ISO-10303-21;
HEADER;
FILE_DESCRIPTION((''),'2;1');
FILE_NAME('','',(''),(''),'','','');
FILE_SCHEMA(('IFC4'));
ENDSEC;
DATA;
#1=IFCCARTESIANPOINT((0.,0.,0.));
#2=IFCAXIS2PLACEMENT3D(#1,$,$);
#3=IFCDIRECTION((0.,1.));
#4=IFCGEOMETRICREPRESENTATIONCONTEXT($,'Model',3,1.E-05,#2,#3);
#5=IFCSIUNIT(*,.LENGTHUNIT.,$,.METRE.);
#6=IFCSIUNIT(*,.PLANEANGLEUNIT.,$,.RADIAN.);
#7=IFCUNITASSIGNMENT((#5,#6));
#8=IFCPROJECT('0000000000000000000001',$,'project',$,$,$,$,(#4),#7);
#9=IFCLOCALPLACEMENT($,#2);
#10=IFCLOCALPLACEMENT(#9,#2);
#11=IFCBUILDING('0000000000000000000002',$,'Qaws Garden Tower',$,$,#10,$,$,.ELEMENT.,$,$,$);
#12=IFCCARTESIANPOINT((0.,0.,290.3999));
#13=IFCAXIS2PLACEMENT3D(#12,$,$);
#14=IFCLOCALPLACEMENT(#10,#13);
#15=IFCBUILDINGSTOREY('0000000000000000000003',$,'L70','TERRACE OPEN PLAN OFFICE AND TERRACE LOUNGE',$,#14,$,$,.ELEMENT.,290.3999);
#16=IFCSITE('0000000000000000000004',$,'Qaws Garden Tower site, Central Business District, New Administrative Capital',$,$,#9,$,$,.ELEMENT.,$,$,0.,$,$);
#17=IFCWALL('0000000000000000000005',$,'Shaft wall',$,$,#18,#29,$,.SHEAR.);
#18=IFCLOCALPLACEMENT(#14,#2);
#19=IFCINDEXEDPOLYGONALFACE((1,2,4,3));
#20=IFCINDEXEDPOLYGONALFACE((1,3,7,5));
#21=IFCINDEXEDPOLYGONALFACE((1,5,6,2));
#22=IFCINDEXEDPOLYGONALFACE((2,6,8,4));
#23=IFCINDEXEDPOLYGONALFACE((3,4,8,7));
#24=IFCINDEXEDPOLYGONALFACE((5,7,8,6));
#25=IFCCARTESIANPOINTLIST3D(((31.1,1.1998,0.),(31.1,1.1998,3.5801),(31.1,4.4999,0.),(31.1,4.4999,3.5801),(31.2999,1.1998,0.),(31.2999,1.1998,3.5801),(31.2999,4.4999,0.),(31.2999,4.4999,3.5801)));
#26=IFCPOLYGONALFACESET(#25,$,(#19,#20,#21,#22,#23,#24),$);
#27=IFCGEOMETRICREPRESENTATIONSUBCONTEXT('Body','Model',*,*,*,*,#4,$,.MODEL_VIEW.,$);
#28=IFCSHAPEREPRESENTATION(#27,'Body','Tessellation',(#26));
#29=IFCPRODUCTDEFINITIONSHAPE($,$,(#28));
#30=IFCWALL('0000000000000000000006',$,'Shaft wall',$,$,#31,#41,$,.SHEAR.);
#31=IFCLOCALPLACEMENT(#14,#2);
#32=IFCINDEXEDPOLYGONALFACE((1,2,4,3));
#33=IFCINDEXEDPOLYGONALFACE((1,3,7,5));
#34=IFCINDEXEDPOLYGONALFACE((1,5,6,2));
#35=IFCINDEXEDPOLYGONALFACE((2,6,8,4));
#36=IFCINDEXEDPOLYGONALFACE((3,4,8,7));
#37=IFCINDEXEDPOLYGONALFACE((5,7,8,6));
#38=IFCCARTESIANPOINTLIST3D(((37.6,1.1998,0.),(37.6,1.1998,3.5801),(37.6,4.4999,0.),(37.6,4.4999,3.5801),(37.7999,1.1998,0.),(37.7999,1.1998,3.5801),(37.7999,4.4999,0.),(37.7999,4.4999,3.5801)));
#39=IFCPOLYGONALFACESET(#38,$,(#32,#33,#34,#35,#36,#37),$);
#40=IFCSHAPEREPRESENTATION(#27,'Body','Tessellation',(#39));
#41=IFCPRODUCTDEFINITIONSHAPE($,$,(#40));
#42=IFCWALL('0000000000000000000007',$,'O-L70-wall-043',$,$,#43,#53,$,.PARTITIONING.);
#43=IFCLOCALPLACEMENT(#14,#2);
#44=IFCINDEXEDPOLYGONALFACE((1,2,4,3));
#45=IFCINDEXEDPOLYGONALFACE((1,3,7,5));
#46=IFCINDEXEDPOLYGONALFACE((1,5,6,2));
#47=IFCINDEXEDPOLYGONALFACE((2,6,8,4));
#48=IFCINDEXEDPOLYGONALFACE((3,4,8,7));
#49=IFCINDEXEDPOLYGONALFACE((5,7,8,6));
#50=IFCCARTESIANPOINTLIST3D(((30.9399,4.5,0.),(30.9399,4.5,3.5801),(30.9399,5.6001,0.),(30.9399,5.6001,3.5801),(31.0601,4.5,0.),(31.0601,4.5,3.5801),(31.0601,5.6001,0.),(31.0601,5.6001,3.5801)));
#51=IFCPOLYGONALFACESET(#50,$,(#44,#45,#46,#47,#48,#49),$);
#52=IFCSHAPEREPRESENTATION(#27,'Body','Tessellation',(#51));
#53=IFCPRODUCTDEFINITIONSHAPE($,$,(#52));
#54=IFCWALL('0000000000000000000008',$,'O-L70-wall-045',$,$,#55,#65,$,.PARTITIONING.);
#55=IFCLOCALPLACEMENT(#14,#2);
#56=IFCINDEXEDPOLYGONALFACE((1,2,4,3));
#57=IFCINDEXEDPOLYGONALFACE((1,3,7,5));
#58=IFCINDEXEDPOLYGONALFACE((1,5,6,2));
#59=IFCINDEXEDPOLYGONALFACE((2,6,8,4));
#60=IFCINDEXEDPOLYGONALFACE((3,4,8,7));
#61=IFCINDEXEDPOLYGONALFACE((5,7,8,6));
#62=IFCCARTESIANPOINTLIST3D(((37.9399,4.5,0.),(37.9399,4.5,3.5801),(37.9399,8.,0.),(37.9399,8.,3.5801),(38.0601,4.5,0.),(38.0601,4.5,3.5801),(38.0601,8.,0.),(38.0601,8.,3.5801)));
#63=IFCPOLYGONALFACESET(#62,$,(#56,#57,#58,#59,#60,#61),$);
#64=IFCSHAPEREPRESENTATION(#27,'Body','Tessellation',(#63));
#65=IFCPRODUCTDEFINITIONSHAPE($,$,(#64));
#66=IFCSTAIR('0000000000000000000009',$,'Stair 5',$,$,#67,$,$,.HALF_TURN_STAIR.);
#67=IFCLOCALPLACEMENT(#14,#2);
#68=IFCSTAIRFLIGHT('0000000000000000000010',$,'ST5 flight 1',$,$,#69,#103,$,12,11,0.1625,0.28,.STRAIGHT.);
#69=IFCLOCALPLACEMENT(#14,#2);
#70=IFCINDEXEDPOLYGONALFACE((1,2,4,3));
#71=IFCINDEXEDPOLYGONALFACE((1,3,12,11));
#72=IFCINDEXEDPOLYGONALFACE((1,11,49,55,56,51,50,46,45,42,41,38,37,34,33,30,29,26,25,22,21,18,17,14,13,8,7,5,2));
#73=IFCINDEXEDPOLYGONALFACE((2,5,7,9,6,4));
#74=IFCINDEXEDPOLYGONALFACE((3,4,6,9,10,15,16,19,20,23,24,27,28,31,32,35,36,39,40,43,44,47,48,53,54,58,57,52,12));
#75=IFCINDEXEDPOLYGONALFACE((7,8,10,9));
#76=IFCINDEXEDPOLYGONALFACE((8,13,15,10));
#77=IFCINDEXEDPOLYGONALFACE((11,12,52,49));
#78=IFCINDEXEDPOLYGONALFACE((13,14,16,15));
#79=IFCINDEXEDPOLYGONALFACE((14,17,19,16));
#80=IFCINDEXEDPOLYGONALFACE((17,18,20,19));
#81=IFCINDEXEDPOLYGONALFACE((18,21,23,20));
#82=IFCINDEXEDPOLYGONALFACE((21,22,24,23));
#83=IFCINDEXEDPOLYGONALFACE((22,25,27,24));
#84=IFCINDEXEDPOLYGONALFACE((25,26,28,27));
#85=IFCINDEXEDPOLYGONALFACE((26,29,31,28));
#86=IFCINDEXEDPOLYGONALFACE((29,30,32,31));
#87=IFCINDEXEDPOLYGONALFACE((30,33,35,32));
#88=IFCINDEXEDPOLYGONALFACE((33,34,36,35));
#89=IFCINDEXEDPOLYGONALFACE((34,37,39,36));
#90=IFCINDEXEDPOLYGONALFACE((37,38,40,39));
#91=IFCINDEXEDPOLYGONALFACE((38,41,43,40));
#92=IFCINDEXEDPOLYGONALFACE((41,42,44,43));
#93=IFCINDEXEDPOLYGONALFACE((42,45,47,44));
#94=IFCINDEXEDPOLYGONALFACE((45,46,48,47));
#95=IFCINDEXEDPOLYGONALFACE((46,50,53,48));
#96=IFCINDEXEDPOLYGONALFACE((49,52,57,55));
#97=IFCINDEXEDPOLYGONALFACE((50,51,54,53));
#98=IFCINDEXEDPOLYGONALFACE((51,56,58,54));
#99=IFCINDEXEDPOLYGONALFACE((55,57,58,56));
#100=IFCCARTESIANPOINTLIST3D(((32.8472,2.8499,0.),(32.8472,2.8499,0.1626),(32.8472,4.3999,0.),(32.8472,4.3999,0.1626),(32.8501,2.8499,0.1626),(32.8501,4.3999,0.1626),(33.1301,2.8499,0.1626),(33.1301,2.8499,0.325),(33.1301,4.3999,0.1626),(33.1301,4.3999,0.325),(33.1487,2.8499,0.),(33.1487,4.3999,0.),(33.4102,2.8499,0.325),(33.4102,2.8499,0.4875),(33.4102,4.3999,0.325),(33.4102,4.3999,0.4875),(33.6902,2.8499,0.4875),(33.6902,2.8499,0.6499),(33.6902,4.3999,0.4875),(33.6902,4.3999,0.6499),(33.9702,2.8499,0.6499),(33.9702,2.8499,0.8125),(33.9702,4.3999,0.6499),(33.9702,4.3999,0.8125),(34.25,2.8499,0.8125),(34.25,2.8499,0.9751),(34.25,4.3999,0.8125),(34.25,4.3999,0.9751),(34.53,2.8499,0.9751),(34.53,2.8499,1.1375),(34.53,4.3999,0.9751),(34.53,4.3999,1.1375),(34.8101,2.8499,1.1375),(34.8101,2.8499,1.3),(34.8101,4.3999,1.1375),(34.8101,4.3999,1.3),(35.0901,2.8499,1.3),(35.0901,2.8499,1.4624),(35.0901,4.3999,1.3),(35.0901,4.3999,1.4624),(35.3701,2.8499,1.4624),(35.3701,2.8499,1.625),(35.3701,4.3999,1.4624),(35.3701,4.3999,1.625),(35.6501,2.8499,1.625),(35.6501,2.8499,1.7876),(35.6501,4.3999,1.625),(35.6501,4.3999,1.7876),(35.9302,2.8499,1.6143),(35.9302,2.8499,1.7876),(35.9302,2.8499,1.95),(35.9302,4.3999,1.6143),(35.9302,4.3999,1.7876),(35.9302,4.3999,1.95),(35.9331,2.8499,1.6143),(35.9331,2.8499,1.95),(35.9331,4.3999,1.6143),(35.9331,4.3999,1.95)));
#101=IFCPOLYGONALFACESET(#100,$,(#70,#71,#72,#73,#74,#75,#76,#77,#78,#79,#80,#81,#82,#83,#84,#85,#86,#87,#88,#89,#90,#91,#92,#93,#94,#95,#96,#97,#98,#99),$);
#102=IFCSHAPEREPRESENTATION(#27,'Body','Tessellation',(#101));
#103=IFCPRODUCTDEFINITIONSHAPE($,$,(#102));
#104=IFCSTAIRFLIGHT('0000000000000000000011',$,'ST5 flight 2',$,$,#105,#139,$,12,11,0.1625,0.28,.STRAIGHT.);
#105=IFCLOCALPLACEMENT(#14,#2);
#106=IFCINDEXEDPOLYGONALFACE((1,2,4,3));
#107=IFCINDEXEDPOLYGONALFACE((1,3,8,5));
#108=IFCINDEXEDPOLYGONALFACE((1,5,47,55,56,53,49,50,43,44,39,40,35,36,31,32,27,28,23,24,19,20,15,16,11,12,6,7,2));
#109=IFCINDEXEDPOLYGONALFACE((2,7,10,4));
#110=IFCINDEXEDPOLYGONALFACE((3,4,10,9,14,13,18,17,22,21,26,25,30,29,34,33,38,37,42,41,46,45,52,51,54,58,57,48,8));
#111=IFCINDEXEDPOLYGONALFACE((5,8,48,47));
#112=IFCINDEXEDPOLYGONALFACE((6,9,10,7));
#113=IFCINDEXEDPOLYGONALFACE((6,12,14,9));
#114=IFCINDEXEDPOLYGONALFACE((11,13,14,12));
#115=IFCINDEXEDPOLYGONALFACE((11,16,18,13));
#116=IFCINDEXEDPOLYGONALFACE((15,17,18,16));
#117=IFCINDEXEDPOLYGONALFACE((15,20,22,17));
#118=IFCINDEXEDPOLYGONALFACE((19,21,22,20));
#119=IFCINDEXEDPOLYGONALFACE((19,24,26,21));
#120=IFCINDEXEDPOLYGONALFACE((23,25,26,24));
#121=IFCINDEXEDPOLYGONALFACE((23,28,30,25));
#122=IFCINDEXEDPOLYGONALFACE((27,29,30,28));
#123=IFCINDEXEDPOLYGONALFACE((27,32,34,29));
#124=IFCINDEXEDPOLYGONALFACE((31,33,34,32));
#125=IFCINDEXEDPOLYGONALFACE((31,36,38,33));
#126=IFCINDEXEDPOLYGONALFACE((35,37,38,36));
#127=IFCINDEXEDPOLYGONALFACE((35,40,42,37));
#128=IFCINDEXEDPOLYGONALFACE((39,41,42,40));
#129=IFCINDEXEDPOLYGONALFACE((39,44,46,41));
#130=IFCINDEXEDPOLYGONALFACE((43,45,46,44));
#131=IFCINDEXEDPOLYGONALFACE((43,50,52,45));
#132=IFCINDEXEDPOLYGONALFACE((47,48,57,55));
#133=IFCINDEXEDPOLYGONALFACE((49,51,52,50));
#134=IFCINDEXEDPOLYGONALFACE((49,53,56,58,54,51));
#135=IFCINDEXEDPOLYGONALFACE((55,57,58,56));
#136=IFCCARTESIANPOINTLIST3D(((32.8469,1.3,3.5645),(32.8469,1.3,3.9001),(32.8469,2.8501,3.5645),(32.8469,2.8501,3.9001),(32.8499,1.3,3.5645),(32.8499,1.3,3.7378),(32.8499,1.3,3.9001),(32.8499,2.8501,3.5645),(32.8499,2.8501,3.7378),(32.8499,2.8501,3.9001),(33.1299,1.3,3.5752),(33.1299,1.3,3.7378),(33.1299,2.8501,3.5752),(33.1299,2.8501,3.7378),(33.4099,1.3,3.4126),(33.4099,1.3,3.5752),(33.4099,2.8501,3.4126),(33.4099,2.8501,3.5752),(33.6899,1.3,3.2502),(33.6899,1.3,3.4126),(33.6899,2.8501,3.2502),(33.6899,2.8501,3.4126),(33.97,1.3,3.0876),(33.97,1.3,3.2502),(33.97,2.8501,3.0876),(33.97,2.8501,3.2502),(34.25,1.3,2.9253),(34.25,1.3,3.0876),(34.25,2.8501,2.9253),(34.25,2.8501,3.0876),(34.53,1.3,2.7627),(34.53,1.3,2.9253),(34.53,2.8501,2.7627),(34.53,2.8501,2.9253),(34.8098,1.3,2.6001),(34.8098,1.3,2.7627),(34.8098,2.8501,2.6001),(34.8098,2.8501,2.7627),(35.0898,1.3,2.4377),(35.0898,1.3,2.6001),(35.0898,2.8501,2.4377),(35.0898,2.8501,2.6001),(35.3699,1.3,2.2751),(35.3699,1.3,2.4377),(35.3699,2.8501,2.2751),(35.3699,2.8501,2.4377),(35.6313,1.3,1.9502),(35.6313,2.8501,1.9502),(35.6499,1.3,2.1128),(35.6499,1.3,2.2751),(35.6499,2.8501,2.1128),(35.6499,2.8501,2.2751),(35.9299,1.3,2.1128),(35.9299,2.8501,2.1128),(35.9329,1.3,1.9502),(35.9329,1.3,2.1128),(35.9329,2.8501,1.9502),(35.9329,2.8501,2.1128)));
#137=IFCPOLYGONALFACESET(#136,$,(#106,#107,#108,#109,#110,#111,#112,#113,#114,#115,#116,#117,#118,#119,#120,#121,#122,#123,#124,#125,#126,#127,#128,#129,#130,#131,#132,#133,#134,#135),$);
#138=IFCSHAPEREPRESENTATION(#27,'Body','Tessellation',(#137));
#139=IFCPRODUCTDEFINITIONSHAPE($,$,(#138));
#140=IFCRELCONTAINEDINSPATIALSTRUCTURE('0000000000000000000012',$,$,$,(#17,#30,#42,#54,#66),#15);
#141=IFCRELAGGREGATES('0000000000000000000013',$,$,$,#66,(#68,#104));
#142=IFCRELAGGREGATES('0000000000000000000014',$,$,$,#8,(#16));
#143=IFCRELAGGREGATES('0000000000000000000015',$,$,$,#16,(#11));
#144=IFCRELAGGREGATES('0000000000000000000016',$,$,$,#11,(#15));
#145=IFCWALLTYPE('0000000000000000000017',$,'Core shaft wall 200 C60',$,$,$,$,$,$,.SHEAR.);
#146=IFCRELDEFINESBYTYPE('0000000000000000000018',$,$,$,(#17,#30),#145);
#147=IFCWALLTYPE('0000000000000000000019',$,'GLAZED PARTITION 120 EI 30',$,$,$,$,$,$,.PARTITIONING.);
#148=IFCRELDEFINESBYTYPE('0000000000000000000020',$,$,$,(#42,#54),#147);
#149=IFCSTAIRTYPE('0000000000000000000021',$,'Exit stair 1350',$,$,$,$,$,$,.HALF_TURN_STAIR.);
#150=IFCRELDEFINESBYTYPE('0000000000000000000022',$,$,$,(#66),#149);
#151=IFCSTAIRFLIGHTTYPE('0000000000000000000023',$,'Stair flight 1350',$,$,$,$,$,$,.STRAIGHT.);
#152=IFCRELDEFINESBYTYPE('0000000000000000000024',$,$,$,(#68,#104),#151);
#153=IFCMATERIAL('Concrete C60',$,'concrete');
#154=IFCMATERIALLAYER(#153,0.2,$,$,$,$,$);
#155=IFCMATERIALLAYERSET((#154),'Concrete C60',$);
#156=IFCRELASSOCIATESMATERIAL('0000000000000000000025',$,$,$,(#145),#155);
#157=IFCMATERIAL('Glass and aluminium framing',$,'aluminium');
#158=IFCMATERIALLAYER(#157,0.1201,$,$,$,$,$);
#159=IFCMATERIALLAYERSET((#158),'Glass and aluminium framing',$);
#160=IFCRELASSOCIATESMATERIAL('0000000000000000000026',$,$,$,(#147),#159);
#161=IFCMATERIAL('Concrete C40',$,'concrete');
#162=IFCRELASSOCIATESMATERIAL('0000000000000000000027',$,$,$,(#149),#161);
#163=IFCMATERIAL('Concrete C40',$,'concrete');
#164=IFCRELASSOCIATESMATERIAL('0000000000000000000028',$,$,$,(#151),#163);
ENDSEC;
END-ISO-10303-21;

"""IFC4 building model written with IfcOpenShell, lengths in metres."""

from ifc_helpers import new_model, si_unit, direction, frame, frame_2d, origin, place, context, subcontext, project, spatial, polyline, rectangle, outline, extrude, material, layer, layer_set, type_object, element, aggregate, save


model = new_model("IFC4")

# Units and contexts
model_context = context("Model", 3, precision=1e-05, world=origin(), true_north=direction((0.0, 1.0)))
body_context = subcontext(model_context, "Body", "Model", "MODEL_VIEW")
ifc_project = project(units=[si_unit("LENGTHUNIT", "METRE"), si_unit("PLANEANGLEUNIT", "RADIAN")], contexts=[model_context])

# Site, building, storey
site_placement = place(None, origin())
site = spatial("IfcSite", under=ifc_project, at=site_placement, Name="Qaws Garden Tower site, Central Business District, New Administrative Capital", CompositionType="ELEMENT", RefElevation=0.0)
building_placement = place(site_placement, origin())
building = spatial("IfcBuilding", under=site, at=building_placement, Name="Qaws Garden Tower", CompositionType="ELEMENT")
storey_placement = place(building_placement, frame((0.0, 0.0, 290.3999)))
storey = spatial("IfcBuildingStorey", under=building, at=storey_placement, Name="L70", Description="TERRACE OPEN PLAN OFFICE AND TERRACE LOUNGE", CompositionType="ELEMENT", Elevation=290.3999)

# Shared definitions
ifc_material_1 = material(Name="Concrete C60", Category="concrete")
ifc_layer_1 = layer(ifc_material_1, 0.2)
ifc_layer_set_1 = layer_set([ifc_layer_1], Name="Concrete C60")
wall_type_1 = type_object("IfcWallType", Name="Core shaft wall 200 C60", PredefinedType="SHEAR", material=ifc_layer_set_1)

# Walls
for number, where, z_axis, x_axis, name in (
    (1, (31.2, 1.2, 0.0), (0.0, 0.0, 1.0), (0.0, 1.0, 0.0), "Shaft wall"),
    (2, (37.7, 1.2, 0.0), (0.0, 0.0, 1.0), (0.0, 1.0, 0.0), "Shaft wall"),
):
    element("IfcWall", number, at=place(storey_placement, frame(where, z_axis=z_axis, x_axis=x_axis)), inside=storey, type_object=wall_type_1, Name=name, PredefinedType="SHEAR", context=body_context, shape_type="SweptSolid", body=[
        extrude(rectangle(XDim=3.3, YDim=0.2, at=frame_2d((1.6499, 0.0))), origin(), (0.0, 0.0, 1.0), 3.5801),
    ])
ifc_material_2 = material(Name="Glass and aluminium framing", Category="aluminium")
ifc_layer_2 = layer(ifc_material_2, 0.1201)
ifc_layer_set_2 = layer_set([ifc_layer_2], Name="Glass and aluminium framing")
wall_type_2 = type_object("IfcWallType", Name="GLAZED PARTITION 120 EI 30", PredefinedType="PARTITIONING", material=ifc_layer_set_2)
wall_1_placement = place(storey_placement, frame((31.0, 4.5, 0.0), z_axis=(0.0, 0.0, 1.0), x_axis=(0.0, 1.0, 0.0)))
element("IfcWall", 3, at=wall_1_placement, inside=storey, type_object=wall_type_2, Name="O-L70-wall-043", PredefinedType="PARTITIONING", context=body_context, shape_type="SweptSolid", body=[
    extrude(rectangle(XDim=1.1001, YDim=0.1201, at=frame_2d((0.55, 0.0))), origin(), (0.0, 0.0, 1.0), 3.5801),
])
wall_2_placement = place(storey_placement, frame((38.0, 4.5, 0.0), z_axis=(0.0, 0.0, 1.0), x_axis=(0.0, 1.0, 0.0)))
element("IfcWall", 4, at=wall_2_placement, inside=storey, type_object=wall_type_2, Name="O-L70-wall-045", PredefinedType="PARTITIONING", context=body_context, shape_type="SweptSolid", body=[
    extrude(rectangle(XDim=3.5, YDim=0.1201, at=frame_2d((1.75, 0.0))), origin(), (0.0, 0.0, 1.0), 3.5801),
])

# Stair, stair flights
ifc_material_3 = material(Name="Concrete C40", Category="concrete")
stair_type = type_object("IfcStairType", Name="Exit stair 1350", PredefinedType="HALF_TURN_STAIR", material=ifc_material_3)
stair_placement = place(storey_placement, origin())
stair = element("IfcStair", 5, at=stair_placement, inside=storey, type_object=stair_type, Name="Stair 5", PredefinedType="HALF_TURN_STAIR")
ifc_material_4 = material(Name="Concrete C40", Category="concrete")
stair_flight_type = type_object("IfcStairFlightType", Name="Stair flight 1350", PredefinedType="STRAIGHT", material=ifc_material_4)
stair_flight_1_placement = place(storey_placement, frame((32.8501, 3.625, 0.0), z_axis=(0.0, 0.0, 1.0), x_axis=(1.0, 0.0, 0.0)))
stair_flight_1 = element("IfcStairFlight", 6, at=stair_flight_1_placement, type_object=stair_flight_type, Name="ST5 flight 1", NumberOfRisers=12, NumberOfTreads=11, PredefinedType="STRAIGHT", RiserHeight=0.1625, TreadLength=0.28, context=body_context, shape_type="SweptSolid", body=[
    extrude(outline(polyline([(-0.0029, 0.0), (-0.0029, 0.1626), (0.0, 0.1626), (0.28, 0.1626), (0.28, 0.325), (0.5601, 0.325), (0.5601, 0.4875), (0.8401, 0.4875), (0.8401, 0.6499), (1.1201, 0.6499), (1.1201, 0.8125), (1.3999, 0.8125), (1.3999, 0.9751), (1.6799, 0.9751), (1.6799, 1.1375), (1.96, 1.1375), (1.96, 1.3), (2.24, 1.3), (2.24, 1.4624), (2.52, 1.4624), (2.52, 1.625), (2.8, 1.625), (2.8, 1.7876), (3.0801, 1.7876), (3.0801, 1.95), (3.083, 1.95), (3.083, 1.6143), (3.0801, 1.6143), (0.2986, 0.0), (-0.0029, 0.0)])), frame((0.0, 0.7749, 0.0), z_axis=(0.0, -1.0, 0.0), x_axis=(1.0, 0.0, 0.0)), (0.0, 0.0, 1.0), 1.55),
])
stair_flight_2_placement = place(storey_placement, frame((35.9299, 2.075, 1.9502), z_axis=(0.0, 0.0, 1.0), x_axis=(-1.0, 0.0, 0.0)))
stair_flight_2 = element("IfcStairFlight", 7, at=stair_flight_2_placement, type_object=stair_flight_type, Name="ST5 flight 2", NumberOfRisers=12, NumberOfTreads=11, PredefinedType="STRAIGHT", RiserHeight=0.1625, TreadLength=0.28, context=body_context, shape_type="SweptSolid", body=[
    extrude(outline(polyline([(-0.0029, 0.0), (-0.0029, 0.1626), (0.0, 0.1626), (0.28, 0.1626), (0.28, 0.325), (0.5601, 0.325), (0.5601, 0.4875), (0.8401, 0.4875), (0.8401, 0.6499), (1.1201, 0.6499), (1.1201, 0.8125), (1.3999, 0.8125), (1.3999, 0.9751), (1.6799, 0.9751), (1.6799, 1.1375), (1.96, 1.1375), (1.96, 1.3), (2.24, 1.3), (2.24, 1.4624), (2.52, 1.4624), (2.52, 1.625), (2.8, 1.625), (2.8, 1.7876), (3.0801, 1.7876), (3.0801, 1.95), (3.083, 1.95), (3.083, 1.6143), (3.0801, 1.6143), (0.2986, 0.0), (-0.0029, 0.0)])), frame((0.0, 0.7749, 0.0), z_axis=(0.0, -1.0, 0.0), x_axis=(1.0, 0.0, 0.0)), (0.0, 0.0, 1.0), 1.55),
])
aggregate(stair, [stair_flight_1, stair_flight_2])

save(model, "model.ifc")
